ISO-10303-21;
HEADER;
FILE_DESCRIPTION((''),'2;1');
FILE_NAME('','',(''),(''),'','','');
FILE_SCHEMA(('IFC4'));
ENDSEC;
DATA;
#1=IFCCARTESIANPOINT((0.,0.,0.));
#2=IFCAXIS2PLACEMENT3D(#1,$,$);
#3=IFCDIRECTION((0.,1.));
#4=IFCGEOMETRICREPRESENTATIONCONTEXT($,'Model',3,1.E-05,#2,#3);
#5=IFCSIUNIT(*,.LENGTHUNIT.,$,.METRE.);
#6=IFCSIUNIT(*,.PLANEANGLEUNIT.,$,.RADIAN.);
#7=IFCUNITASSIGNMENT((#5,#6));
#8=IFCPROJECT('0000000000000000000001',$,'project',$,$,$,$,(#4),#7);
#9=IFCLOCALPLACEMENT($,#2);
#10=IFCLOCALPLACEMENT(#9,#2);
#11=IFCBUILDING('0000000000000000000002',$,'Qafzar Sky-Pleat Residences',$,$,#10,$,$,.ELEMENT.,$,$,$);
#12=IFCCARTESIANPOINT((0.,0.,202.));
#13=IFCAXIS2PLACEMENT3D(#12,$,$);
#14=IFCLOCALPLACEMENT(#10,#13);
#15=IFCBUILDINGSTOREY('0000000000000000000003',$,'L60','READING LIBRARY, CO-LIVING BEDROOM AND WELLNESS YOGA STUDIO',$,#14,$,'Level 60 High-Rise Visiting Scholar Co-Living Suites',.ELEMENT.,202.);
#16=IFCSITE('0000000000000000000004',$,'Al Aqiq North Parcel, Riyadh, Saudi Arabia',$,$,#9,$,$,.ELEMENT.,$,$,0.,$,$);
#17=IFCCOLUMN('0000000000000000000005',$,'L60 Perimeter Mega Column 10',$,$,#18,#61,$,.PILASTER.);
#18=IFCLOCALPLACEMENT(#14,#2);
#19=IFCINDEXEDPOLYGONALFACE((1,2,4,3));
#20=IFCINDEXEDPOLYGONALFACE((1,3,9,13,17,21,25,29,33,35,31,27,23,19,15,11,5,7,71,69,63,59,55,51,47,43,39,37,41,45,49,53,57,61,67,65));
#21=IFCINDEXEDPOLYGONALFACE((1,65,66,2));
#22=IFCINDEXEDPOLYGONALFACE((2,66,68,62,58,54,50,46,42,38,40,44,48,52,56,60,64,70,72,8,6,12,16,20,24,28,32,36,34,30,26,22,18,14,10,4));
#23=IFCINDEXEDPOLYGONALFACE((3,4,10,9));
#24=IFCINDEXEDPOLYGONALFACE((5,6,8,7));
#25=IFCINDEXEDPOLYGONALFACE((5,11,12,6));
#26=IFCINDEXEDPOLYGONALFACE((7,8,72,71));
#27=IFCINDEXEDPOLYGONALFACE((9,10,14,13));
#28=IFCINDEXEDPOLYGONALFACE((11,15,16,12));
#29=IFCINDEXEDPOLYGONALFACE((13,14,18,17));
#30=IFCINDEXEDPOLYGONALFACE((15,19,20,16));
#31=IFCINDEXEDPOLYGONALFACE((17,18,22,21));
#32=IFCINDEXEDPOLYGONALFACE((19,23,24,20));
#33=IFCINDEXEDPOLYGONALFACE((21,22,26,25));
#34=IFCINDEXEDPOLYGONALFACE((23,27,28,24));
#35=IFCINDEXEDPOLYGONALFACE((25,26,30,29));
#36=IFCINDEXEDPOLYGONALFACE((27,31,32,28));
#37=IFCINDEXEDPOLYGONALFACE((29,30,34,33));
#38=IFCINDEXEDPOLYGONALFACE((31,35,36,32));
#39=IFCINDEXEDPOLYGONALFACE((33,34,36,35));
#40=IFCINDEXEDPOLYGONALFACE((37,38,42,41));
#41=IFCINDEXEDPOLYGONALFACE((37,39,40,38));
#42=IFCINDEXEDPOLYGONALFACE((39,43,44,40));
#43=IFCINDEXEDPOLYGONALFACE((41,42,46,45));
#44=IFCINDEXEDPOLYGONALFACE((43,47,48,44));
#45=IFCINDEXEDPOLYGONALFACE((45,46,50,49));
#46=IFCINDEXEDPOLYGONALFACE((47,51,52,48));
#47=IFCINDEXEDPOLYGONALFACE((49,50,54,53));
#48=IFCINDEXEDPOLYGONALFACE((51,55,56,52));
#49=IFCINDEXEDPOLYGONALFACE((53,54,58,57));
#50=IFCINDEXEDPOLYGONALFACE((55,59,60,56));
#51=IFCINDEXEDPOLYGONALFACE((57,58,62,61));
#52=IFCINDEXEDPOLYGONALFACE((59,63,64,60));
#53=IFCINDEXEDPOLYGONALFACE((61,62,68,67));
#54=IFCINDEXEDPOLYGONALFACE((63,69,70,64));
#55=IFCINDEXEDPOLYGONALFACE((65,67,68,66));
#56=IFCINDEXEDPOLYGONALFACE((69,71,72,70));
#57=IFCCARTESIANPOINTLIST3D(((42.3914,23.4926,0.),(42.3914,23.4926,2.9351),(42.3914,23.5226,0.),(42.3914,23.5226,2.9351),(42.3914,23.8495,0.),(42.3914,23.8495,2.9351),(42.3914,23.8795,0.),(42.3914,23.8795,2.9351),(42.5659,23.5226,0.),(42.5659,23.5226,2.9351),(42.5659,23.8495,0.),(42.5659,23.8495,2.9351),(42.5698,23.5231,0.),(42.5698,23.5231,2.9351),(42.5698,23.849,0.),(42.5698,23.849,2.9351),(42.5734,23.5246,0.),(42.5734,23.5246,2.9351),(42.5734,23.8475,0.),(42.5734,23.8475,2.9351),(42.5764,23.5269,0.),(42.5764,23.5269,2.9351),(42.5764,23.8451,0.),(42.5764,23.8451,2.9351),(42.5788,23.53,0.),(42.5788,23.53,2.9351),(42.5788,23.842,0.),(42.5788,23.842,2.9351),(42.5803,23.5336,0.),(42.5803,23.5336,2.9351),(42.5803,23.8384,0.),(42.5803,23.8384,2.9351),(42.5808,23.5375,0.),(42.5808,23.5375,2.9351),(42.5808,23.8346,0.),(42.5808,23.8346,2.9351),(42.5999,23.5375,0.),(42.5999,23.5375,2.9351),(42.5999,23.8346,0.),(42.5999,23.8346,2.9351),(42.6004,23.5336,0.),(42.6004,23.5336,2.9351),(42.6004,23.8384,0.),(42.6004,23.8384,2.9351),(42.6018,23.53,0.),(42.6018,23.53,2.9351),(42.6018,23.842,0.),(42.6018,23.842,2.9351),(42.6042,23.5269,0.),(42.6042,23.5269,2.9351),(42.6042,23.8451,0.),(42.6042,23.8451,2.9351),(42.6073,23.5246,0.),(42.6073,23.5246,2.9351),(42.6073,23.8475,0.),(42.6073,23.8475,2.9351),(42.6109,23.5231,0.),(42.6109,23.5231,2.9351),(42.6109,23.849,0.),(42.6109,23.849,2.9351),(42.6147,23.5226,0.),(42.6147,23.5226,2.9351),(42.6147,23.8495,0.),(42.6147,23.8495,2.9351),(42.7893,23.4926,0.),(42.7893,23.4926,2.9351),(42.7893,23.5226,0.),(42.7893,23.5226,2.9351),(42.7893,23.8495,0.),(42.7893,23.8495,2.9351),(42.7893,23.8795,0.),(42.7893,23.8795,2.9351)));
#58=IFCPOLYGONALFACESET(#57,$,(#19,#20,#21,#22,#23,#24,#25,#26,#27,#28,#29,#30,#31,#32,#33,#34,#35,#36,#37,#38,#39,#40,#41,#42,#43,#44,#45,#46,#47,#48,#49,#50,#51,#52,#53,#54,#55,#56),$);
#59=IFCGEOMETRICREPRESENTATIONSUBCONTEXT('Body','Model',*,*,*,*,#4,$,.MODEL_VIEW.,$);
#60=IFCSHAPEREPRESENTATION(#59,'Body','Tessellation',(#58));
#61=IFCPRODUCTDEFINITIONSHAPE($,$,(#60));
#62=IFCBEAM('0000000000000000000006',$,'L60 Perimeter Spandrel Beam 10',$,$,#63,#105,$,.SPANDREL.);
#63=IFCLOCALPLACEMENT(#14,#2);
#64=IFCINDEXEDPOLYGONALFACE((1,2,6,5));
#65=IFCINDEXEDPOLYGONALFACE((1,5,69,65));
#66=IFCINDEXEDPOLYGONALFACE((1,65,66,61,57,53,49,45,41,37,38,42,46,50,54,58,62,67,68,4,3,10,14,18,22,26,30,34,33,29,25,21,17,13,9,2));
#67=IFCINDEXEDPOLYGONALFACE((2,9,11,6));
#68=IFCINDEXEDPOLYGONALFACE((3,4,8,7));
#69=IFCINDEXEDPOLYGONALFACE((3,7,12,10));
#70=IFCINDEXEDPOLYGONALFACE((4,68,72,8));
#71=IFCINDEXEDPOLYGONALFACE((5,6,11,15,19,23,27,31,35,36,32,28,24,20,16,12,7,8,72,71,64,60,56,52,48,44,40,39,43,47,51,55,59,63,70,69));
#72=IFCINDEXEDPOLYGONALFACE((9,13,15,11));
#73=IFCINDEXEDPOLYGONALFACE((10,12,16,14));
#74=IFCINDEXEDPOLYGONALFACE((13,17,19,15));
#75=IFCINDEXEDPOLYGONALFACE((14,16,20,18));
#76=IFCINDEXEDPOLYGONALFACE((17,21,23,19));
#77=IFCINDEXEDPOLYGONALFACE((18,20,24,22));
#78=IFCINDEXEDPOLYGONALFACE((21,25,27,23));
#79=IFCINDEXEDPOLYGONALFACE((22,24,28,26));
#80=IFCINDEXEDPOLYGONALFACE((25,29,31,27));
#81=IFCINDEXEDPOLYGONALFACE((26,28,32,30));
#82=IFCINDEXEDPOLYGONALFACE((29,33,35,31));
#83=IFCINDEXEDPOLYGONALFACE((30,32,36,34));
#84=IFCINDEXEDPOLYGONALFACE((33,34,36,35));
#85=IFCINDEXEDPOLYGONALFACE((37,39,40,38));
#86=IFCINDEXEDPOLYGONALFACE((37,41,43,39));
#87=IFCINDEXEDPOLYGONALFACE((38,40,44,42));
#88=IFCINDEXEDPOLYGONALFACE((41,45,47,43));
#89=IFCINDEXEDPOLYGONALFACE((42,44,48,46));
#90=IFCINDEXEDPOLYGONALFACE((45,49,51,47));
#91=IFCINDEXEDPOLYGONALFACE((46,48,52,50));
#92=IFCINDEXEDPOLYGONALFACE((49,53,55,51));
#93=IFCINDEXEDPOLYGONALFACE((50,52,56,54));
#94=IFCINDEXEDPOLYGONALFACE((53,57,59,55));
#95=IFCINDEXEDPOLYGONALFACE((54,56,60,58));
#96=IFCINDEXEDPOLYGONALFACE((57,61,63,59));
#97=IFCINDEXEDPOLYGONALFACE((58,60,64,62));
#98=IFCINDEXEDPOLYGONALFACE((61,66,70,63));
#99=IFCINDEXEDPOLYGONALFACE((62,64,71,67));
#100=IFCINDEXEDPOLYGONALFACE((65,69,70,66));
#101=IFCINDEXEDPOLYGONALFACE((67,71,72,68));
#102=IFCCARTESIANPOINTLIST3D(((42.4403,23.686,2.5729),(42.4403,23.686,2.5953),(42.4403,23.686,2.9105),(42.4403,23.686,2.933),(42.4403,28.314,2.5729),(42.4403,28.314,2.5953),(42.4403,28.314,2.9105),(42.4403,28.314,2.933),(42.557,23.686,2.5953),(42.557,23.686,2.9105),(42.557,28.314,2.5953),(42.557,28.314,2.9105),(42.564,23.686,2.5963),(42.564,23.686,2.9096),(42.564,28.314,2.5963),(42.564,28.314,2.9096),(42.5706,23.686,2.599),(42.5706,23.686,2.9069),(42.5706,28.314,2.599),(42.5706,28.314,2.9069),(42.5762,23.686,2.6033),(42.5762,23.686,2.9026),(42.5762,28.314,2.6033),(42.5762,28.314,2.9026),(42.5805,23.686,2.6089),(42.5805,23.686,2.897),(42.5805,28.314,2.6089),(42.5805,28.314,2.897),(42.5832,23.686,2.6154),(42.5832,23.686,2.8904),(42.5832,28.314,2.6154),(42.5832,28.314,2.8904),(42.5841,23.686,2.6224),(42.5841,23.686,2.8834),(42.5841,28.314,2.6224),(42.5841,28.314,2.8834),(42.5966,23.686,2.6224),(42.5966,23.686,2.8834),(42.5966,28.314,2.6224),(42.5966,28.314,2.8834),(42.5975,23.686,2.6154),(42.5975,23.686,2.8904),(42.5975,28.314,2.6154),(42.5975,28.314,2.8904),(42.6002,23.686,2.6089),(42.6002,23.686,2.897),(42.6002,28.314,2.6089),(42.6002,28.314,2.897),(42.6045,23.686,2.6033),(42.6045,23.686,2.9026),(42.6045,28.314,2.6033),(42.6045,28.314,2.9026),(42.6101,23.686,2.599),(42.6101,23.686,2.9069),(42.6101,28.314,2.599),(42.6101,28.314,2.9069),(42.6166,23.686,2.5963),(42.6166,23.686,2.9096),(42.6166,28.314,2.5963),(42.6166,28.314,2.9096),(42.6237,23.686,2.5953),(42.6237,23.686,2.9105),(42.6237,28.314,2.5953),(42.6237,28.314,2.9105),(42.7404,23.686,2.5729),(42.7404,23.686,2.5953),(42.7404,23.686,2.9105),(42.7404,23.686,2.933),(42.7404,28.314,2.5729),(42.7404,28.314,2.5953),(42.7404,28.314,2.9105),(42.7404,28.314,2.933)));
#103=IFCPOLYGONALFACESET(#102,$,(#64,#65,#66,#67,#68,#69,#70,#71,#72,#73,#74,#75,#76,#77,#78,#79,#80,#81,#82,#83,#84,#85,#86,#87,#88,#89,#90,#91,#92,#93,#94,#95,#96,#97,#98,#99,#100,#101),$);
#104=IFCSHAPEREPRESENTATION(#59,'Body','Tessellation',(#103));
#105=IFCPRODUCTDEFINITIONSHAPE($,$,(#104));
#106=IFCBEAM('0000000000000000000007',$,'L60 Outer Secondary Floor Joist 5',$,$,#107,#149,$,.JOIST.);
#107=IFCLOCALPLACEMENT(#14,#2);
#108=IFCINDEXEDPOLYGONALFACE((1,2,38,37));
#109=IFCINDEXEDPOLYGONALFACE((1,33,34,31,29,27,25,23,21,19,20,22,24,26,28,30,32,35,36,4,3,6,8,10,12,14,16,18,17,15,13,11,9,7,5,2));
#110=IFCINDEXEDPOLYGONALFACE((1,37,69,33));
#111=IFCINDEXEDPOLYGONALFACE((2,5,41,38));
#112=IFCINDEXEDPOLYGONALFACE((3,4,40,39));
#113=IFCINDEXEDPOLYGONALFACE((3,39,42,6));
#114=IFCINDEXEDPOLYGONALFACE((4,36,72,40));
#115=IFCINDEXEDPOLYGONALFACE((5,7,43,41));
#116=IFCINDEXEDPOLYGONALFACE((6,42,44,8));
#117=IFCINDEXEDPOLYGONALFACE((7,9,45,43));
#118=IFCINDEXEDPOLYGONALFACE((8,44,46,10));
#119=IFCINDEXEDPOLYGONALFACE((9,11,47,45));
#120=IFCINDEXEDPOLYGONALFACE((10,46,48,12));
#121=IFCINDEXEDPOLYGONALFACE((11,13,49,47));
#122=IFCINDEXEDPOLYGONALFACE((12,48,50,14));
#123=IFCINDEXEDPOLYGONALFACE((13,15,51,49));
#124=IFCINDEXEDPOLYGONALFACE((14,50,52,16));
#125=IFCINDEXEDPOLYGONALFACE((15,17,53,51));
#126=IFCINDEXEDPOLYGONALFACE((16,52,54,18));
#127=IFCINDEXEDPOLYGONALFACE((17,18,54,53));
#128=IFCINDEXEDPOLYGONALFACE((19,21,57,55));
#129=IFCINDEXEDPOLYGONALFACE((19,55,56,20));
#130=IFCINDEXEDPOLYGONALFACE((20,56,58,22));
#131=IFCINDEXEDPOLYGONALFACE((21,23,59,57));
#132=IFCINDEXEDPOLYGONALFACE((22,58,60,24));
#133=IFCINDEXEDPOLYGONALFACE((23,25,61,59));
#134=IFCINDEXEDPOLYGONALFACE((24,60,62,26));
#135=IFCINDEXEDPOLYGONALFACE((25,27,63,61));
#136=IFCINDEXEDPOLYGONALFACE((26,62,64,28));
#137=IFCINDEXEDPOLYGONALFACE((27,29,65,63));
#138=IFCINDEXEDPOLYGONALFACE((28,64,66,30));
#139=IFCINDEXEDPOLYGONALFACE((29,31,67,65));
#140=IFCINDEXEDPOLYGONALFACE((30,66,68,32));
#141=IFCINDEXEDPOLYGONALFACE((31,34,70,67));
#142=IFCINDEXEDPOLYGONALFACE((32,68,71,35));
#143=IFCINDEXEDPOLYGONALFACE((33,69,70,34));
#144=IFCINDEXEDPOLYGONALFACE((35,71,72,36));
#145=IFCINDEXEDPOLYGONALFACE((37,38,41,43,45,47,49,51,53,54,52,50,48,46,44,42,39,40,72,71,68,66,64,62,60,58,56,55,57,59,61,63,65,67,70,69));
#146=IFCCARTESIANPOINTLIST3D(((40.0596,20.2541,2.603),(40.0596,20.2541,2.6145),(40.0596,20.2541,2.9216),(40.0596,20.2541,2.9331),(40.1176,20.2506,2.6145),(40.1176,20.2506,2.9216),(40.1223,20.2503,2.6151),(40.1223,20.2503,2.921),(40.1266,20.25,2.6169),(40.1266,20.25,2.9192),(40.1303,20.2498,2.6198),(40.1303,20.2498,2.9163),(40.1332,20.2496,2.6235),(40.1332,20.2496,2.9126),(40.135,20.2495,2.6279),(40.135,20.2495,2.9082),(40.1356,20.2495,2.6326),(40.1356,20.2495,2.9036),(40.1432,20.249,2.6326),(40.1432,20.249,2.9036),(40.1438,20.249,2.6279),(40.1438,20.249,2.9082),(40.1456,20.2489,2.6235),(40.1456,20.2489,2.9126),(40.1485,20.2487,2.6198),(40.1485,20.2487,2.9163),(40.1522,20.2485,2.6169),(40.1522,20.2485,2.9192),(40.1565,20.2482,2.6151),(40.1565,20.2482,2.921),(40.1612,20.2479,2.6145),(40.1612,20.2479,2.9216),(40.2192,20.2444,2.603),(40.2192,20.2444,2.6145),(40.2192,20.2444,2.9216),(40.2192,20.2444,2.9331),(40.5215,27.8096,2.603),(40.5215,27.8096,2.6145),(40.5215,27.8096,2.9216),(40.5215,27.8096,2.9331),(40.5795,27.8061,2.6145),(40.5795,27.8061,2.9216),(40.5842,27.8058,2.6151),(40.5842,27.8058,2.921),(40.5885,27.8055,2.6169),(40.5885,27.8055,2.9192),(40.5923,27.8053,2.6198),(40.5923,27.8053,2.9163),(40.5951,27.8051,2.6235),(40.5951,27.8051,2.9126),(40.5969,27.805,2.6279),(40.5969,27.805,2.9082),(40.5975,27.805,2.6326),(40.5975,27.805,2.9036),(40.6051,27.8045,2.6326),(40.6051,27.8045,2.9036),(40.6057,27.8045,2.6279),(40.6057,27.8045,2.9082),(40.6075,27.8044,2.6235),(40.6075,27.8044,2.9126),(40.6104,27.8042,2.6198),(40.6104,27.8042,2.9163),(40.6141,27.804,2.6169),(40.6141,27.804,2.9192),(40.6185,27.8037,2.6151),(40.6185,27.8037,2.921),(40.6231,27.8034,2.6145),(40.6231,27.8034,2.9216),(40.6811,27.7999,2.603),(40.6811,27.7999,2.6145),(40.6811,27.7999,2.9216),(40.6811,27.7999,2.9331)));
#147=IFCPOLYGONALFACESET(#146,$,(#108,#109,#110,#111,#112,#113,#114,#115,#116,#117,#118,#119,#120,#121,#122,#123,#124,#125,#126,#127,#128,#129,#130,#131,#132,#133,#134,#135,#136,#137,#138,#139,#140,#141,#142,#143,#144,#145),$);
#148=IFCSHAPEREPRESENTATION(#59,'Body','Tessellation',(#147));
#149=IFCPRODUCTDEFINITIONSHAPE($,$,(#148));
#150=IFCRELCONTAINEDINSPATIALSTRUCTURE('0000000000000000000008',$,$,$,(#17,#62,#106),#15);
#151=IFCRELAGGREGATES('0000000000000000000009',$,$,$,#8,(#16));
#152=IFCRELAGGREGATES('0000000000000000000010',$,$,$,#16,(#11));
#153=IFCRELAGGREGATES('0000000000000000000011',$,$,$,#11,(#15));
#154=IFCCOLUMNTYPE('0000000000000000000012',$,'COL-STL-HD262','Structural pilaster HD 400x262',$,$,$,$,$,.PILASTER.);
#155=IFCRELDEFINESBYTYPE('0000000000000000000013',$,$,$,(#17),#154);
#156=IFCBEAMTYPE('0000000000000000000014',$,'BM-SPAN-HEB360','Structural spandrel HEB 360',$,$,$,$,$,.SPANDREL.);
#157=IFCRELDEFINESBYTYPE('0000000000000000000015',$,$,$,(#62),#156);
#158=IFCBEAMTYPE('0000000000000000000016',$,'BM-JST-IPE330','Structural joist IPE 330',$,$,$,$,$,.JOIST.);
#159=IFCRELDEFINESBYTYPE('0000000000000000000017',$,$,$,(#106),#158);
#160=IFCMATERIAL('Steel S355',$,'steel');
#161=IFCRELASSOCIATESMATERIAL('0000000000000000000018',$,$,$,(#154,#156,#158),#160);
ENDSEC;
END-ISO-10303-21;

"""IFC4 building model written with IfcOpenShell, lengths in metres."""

from ifc_helpers import new_model, si_unit, direction, frame, origin, origin_2d, place, context, subcontext, project, spatial, i_section, extrude, source, transform, mapped, material, material_profile, profile_set, type_object, element, save


model = new_model("IFC4")

# Units and contexts
model_context = context("Model", 3, precision=1e-05, world=origin(), true_north=direction((0.0, 1.0)))
body_context = subcontext(model_context, "Body", "Model", "MODEL_VIEW")
ifc_project = project(units=[si_unit("LENGTHUNIT", "METRE"), si_unit("PLANEANGLEUNIT", "RADIAN")], contexts=[model_context])

# Site, building, storey
site_placement = place(None, origin())
site = spatial("IfcSite", under=ifc_project, at=site_placement, Name="Al Aqiq North Parcel, Riyadh, Saudi Arabia", CompositionType="ELEMENT", RefElevation=0.0)
building_placement = place(site_placement, origin())
building = spatial("IfcBuilding", under=site, at=building_placement, Name="Qafzar Sky-Pleat Residences", CompositionType="ELEMENT")
storey_placement = place(building_placement, frame((0.0, 0.0, 202.0)))
storey = spatial("IfcBuildingStorey", under=building, at=storey_placement, Name="L60", Description="READING LIBRARY, CO-LIVING BEDROOM AND WELLNESS YOGA STUDIO", LongName="Level 60 High-Rise Visiting Scholar Co-Living Suites", CompositionType="ELEMENT", Elevation=202.0)

# Column
ifc_material_1 = material(Name="Steel S355", Category="steel")
ifc_material_profile_1 = material_profile(ifc_material_1, i_section(OverallWidth=0.3979, OverallDepth=0.387, WebThickness=0.019, FlangeThickness=0.03, FilletRadius=0.0149, at=origin_2d()), Name="HD 400x262")
ifc_profile_set_1 = profile_set([ifc_material_profile_1], Name="Steel S355")
column_type = type_object("IfcColumnType", Name="COL-STL-HD262", Description="Structural pilaster HD 400x262", PredefinedType="PILASTER", material=ifc_profile_set_1)
shared_shape_1 = source(origin(), body_context, "Body", "SweptSolid", [
    extrude(i_section(OverallWidth=0.3979, OverallDepth=0.387, WebThickness=0.019, FlangeThickness=0.03, FilletRadius=0.0149, at=origin_2d()), origin(), (0.0, 0.0, 1.0), 2.9351),
])
column_placement = place(storey_placement, frame((42.5903, 23.686, 0.0), z_axis=(0.0, 0.0, 1.0), x_axis=(1.0, 0.0, 0.0)))
element("IfcColumn", 1, at=column_placement, inside=storey, type_object=column_type, Name="L60 Perimeter Mega Column 10", PredefinedType="PILASTER", context=body_context, shape_type="MappedRepresentation", body=[
    mapped(shared_shape_1, transform((0.0, 0.0, 0.0), x_axis=(1.0, 0.0, 0.0), y_axis=(0.0, 1.0, 0.0), z_axis=(0.0, 0.0, 1.0), scale=1.0)),
])

# Beams
ifc_material_profile_2 = material_profile(ifc_material_1, i_section(OverallWidth=0.3, OverallDepth=0.3601, WebThickness=0.0125, FlangeThickness=0.0225, FilletRadius=0.0271, at=origin_2d()), Name="HEB 360")
ifc_profile_set_2 = profile_set([ifc_material_profile_2], Name="Steel S355")
beam_type_1 = type_object("IfcBeamType", Name="BM-SPAN-HEB360", Description="Structural spandrel HEB 360", PredefinedType="SPANDREL", material=ifc_profile_set_2)
shared_shape_2 = source(origin(), body_context, "Body", "SweptSolid", [
    extrude(i_section(OverallWidth=0.3, OverallDepth=0.3601, WebThickness=0.0125, FlangeThickness=0.0225, FilletRadius=0.0271, at=origin_2d()), origin(), (0.0, 0.0, 1.0), 4.6279),
])
beam_1_placement = place(storey_placement, frame((42.5903, 23.686, 2.7529), z_axis=(0.0, 1.0, 0.0), x_axis=(-1.0, 0.0, 0.0)))
element("IfcBeam", 2, at=beam_1_placement, inside=storey, type_object=beam_type_1, Name="L60 Perimeter Spandrel Beam 10", PredefinedType="SPANDREL", context=body_context, shape_type="MappedRepresentation", body=[
    mapped(shared_shape_2, transform((0.0, 0.0, 0.0), x_axis=(1.0, 0.0, 0.0), y_axis=(0.0, 1.0, 0.0), z_axis=(0.0, 0.0, 1.0), scale=1.0)),
])
ifc_material_profile_3 = material_profile(ifc_material_1, i_section(OverallWidth=0.1599, OverallDepth=0.3301, WebThickness=0.0076, FlangeThickness=0.0115, FilletRadius=0.0181, at=origin_2d()), Name="IPE 330")
ifc_profile_set_3 = profile_set([ifc_material_profile_3], Name="Steel S355")
beam_type_2 = type_object("IfcBeamType", Name="BM-JST-IPE330", Description="Structural joist IPE 330", PredefinedType="JOIST", material=ifc_profile_set_3)
shared_shape_3 = source(origin(), body_context, "Body", "SweptSolid", [
    extrude(i_section(OverallWidth=0.1599, OverallDepth=0.3301, WebThickness=0.0076, FlangeThickness=0.0115, FilletRadius=0.0181, at=origin_2d()), origin(), (0.0, 0.0, 1.0), 7.5696),
])
beam_2_placement = place(storey_placement, frame((40.1394, 20.2493, 2.7681), z_axis=(0.061023, 0.998136, 0.0), x_axis=(-0.998136, 0.061023, 0.0)))
element("IfcBeam", 3, at=beam_2_placement, inside=storey, type_object=beam_type_2, Name="L60 Outer Secondary Floor Joist 5", PredefinedType="JOIST", context=body_context, shape_type="MappedRepresentation", body=[
    mapped(shared_shape_3, transform((0.0, 0.0, 0.0), x_axis=(1.0, 0.0, 0.0), y_axis=(0.0, 1.0, 0.0), z_axis=(0.0, 0.0, 1.0), scale=1.0)),
])

save(model, "model.ifc")
